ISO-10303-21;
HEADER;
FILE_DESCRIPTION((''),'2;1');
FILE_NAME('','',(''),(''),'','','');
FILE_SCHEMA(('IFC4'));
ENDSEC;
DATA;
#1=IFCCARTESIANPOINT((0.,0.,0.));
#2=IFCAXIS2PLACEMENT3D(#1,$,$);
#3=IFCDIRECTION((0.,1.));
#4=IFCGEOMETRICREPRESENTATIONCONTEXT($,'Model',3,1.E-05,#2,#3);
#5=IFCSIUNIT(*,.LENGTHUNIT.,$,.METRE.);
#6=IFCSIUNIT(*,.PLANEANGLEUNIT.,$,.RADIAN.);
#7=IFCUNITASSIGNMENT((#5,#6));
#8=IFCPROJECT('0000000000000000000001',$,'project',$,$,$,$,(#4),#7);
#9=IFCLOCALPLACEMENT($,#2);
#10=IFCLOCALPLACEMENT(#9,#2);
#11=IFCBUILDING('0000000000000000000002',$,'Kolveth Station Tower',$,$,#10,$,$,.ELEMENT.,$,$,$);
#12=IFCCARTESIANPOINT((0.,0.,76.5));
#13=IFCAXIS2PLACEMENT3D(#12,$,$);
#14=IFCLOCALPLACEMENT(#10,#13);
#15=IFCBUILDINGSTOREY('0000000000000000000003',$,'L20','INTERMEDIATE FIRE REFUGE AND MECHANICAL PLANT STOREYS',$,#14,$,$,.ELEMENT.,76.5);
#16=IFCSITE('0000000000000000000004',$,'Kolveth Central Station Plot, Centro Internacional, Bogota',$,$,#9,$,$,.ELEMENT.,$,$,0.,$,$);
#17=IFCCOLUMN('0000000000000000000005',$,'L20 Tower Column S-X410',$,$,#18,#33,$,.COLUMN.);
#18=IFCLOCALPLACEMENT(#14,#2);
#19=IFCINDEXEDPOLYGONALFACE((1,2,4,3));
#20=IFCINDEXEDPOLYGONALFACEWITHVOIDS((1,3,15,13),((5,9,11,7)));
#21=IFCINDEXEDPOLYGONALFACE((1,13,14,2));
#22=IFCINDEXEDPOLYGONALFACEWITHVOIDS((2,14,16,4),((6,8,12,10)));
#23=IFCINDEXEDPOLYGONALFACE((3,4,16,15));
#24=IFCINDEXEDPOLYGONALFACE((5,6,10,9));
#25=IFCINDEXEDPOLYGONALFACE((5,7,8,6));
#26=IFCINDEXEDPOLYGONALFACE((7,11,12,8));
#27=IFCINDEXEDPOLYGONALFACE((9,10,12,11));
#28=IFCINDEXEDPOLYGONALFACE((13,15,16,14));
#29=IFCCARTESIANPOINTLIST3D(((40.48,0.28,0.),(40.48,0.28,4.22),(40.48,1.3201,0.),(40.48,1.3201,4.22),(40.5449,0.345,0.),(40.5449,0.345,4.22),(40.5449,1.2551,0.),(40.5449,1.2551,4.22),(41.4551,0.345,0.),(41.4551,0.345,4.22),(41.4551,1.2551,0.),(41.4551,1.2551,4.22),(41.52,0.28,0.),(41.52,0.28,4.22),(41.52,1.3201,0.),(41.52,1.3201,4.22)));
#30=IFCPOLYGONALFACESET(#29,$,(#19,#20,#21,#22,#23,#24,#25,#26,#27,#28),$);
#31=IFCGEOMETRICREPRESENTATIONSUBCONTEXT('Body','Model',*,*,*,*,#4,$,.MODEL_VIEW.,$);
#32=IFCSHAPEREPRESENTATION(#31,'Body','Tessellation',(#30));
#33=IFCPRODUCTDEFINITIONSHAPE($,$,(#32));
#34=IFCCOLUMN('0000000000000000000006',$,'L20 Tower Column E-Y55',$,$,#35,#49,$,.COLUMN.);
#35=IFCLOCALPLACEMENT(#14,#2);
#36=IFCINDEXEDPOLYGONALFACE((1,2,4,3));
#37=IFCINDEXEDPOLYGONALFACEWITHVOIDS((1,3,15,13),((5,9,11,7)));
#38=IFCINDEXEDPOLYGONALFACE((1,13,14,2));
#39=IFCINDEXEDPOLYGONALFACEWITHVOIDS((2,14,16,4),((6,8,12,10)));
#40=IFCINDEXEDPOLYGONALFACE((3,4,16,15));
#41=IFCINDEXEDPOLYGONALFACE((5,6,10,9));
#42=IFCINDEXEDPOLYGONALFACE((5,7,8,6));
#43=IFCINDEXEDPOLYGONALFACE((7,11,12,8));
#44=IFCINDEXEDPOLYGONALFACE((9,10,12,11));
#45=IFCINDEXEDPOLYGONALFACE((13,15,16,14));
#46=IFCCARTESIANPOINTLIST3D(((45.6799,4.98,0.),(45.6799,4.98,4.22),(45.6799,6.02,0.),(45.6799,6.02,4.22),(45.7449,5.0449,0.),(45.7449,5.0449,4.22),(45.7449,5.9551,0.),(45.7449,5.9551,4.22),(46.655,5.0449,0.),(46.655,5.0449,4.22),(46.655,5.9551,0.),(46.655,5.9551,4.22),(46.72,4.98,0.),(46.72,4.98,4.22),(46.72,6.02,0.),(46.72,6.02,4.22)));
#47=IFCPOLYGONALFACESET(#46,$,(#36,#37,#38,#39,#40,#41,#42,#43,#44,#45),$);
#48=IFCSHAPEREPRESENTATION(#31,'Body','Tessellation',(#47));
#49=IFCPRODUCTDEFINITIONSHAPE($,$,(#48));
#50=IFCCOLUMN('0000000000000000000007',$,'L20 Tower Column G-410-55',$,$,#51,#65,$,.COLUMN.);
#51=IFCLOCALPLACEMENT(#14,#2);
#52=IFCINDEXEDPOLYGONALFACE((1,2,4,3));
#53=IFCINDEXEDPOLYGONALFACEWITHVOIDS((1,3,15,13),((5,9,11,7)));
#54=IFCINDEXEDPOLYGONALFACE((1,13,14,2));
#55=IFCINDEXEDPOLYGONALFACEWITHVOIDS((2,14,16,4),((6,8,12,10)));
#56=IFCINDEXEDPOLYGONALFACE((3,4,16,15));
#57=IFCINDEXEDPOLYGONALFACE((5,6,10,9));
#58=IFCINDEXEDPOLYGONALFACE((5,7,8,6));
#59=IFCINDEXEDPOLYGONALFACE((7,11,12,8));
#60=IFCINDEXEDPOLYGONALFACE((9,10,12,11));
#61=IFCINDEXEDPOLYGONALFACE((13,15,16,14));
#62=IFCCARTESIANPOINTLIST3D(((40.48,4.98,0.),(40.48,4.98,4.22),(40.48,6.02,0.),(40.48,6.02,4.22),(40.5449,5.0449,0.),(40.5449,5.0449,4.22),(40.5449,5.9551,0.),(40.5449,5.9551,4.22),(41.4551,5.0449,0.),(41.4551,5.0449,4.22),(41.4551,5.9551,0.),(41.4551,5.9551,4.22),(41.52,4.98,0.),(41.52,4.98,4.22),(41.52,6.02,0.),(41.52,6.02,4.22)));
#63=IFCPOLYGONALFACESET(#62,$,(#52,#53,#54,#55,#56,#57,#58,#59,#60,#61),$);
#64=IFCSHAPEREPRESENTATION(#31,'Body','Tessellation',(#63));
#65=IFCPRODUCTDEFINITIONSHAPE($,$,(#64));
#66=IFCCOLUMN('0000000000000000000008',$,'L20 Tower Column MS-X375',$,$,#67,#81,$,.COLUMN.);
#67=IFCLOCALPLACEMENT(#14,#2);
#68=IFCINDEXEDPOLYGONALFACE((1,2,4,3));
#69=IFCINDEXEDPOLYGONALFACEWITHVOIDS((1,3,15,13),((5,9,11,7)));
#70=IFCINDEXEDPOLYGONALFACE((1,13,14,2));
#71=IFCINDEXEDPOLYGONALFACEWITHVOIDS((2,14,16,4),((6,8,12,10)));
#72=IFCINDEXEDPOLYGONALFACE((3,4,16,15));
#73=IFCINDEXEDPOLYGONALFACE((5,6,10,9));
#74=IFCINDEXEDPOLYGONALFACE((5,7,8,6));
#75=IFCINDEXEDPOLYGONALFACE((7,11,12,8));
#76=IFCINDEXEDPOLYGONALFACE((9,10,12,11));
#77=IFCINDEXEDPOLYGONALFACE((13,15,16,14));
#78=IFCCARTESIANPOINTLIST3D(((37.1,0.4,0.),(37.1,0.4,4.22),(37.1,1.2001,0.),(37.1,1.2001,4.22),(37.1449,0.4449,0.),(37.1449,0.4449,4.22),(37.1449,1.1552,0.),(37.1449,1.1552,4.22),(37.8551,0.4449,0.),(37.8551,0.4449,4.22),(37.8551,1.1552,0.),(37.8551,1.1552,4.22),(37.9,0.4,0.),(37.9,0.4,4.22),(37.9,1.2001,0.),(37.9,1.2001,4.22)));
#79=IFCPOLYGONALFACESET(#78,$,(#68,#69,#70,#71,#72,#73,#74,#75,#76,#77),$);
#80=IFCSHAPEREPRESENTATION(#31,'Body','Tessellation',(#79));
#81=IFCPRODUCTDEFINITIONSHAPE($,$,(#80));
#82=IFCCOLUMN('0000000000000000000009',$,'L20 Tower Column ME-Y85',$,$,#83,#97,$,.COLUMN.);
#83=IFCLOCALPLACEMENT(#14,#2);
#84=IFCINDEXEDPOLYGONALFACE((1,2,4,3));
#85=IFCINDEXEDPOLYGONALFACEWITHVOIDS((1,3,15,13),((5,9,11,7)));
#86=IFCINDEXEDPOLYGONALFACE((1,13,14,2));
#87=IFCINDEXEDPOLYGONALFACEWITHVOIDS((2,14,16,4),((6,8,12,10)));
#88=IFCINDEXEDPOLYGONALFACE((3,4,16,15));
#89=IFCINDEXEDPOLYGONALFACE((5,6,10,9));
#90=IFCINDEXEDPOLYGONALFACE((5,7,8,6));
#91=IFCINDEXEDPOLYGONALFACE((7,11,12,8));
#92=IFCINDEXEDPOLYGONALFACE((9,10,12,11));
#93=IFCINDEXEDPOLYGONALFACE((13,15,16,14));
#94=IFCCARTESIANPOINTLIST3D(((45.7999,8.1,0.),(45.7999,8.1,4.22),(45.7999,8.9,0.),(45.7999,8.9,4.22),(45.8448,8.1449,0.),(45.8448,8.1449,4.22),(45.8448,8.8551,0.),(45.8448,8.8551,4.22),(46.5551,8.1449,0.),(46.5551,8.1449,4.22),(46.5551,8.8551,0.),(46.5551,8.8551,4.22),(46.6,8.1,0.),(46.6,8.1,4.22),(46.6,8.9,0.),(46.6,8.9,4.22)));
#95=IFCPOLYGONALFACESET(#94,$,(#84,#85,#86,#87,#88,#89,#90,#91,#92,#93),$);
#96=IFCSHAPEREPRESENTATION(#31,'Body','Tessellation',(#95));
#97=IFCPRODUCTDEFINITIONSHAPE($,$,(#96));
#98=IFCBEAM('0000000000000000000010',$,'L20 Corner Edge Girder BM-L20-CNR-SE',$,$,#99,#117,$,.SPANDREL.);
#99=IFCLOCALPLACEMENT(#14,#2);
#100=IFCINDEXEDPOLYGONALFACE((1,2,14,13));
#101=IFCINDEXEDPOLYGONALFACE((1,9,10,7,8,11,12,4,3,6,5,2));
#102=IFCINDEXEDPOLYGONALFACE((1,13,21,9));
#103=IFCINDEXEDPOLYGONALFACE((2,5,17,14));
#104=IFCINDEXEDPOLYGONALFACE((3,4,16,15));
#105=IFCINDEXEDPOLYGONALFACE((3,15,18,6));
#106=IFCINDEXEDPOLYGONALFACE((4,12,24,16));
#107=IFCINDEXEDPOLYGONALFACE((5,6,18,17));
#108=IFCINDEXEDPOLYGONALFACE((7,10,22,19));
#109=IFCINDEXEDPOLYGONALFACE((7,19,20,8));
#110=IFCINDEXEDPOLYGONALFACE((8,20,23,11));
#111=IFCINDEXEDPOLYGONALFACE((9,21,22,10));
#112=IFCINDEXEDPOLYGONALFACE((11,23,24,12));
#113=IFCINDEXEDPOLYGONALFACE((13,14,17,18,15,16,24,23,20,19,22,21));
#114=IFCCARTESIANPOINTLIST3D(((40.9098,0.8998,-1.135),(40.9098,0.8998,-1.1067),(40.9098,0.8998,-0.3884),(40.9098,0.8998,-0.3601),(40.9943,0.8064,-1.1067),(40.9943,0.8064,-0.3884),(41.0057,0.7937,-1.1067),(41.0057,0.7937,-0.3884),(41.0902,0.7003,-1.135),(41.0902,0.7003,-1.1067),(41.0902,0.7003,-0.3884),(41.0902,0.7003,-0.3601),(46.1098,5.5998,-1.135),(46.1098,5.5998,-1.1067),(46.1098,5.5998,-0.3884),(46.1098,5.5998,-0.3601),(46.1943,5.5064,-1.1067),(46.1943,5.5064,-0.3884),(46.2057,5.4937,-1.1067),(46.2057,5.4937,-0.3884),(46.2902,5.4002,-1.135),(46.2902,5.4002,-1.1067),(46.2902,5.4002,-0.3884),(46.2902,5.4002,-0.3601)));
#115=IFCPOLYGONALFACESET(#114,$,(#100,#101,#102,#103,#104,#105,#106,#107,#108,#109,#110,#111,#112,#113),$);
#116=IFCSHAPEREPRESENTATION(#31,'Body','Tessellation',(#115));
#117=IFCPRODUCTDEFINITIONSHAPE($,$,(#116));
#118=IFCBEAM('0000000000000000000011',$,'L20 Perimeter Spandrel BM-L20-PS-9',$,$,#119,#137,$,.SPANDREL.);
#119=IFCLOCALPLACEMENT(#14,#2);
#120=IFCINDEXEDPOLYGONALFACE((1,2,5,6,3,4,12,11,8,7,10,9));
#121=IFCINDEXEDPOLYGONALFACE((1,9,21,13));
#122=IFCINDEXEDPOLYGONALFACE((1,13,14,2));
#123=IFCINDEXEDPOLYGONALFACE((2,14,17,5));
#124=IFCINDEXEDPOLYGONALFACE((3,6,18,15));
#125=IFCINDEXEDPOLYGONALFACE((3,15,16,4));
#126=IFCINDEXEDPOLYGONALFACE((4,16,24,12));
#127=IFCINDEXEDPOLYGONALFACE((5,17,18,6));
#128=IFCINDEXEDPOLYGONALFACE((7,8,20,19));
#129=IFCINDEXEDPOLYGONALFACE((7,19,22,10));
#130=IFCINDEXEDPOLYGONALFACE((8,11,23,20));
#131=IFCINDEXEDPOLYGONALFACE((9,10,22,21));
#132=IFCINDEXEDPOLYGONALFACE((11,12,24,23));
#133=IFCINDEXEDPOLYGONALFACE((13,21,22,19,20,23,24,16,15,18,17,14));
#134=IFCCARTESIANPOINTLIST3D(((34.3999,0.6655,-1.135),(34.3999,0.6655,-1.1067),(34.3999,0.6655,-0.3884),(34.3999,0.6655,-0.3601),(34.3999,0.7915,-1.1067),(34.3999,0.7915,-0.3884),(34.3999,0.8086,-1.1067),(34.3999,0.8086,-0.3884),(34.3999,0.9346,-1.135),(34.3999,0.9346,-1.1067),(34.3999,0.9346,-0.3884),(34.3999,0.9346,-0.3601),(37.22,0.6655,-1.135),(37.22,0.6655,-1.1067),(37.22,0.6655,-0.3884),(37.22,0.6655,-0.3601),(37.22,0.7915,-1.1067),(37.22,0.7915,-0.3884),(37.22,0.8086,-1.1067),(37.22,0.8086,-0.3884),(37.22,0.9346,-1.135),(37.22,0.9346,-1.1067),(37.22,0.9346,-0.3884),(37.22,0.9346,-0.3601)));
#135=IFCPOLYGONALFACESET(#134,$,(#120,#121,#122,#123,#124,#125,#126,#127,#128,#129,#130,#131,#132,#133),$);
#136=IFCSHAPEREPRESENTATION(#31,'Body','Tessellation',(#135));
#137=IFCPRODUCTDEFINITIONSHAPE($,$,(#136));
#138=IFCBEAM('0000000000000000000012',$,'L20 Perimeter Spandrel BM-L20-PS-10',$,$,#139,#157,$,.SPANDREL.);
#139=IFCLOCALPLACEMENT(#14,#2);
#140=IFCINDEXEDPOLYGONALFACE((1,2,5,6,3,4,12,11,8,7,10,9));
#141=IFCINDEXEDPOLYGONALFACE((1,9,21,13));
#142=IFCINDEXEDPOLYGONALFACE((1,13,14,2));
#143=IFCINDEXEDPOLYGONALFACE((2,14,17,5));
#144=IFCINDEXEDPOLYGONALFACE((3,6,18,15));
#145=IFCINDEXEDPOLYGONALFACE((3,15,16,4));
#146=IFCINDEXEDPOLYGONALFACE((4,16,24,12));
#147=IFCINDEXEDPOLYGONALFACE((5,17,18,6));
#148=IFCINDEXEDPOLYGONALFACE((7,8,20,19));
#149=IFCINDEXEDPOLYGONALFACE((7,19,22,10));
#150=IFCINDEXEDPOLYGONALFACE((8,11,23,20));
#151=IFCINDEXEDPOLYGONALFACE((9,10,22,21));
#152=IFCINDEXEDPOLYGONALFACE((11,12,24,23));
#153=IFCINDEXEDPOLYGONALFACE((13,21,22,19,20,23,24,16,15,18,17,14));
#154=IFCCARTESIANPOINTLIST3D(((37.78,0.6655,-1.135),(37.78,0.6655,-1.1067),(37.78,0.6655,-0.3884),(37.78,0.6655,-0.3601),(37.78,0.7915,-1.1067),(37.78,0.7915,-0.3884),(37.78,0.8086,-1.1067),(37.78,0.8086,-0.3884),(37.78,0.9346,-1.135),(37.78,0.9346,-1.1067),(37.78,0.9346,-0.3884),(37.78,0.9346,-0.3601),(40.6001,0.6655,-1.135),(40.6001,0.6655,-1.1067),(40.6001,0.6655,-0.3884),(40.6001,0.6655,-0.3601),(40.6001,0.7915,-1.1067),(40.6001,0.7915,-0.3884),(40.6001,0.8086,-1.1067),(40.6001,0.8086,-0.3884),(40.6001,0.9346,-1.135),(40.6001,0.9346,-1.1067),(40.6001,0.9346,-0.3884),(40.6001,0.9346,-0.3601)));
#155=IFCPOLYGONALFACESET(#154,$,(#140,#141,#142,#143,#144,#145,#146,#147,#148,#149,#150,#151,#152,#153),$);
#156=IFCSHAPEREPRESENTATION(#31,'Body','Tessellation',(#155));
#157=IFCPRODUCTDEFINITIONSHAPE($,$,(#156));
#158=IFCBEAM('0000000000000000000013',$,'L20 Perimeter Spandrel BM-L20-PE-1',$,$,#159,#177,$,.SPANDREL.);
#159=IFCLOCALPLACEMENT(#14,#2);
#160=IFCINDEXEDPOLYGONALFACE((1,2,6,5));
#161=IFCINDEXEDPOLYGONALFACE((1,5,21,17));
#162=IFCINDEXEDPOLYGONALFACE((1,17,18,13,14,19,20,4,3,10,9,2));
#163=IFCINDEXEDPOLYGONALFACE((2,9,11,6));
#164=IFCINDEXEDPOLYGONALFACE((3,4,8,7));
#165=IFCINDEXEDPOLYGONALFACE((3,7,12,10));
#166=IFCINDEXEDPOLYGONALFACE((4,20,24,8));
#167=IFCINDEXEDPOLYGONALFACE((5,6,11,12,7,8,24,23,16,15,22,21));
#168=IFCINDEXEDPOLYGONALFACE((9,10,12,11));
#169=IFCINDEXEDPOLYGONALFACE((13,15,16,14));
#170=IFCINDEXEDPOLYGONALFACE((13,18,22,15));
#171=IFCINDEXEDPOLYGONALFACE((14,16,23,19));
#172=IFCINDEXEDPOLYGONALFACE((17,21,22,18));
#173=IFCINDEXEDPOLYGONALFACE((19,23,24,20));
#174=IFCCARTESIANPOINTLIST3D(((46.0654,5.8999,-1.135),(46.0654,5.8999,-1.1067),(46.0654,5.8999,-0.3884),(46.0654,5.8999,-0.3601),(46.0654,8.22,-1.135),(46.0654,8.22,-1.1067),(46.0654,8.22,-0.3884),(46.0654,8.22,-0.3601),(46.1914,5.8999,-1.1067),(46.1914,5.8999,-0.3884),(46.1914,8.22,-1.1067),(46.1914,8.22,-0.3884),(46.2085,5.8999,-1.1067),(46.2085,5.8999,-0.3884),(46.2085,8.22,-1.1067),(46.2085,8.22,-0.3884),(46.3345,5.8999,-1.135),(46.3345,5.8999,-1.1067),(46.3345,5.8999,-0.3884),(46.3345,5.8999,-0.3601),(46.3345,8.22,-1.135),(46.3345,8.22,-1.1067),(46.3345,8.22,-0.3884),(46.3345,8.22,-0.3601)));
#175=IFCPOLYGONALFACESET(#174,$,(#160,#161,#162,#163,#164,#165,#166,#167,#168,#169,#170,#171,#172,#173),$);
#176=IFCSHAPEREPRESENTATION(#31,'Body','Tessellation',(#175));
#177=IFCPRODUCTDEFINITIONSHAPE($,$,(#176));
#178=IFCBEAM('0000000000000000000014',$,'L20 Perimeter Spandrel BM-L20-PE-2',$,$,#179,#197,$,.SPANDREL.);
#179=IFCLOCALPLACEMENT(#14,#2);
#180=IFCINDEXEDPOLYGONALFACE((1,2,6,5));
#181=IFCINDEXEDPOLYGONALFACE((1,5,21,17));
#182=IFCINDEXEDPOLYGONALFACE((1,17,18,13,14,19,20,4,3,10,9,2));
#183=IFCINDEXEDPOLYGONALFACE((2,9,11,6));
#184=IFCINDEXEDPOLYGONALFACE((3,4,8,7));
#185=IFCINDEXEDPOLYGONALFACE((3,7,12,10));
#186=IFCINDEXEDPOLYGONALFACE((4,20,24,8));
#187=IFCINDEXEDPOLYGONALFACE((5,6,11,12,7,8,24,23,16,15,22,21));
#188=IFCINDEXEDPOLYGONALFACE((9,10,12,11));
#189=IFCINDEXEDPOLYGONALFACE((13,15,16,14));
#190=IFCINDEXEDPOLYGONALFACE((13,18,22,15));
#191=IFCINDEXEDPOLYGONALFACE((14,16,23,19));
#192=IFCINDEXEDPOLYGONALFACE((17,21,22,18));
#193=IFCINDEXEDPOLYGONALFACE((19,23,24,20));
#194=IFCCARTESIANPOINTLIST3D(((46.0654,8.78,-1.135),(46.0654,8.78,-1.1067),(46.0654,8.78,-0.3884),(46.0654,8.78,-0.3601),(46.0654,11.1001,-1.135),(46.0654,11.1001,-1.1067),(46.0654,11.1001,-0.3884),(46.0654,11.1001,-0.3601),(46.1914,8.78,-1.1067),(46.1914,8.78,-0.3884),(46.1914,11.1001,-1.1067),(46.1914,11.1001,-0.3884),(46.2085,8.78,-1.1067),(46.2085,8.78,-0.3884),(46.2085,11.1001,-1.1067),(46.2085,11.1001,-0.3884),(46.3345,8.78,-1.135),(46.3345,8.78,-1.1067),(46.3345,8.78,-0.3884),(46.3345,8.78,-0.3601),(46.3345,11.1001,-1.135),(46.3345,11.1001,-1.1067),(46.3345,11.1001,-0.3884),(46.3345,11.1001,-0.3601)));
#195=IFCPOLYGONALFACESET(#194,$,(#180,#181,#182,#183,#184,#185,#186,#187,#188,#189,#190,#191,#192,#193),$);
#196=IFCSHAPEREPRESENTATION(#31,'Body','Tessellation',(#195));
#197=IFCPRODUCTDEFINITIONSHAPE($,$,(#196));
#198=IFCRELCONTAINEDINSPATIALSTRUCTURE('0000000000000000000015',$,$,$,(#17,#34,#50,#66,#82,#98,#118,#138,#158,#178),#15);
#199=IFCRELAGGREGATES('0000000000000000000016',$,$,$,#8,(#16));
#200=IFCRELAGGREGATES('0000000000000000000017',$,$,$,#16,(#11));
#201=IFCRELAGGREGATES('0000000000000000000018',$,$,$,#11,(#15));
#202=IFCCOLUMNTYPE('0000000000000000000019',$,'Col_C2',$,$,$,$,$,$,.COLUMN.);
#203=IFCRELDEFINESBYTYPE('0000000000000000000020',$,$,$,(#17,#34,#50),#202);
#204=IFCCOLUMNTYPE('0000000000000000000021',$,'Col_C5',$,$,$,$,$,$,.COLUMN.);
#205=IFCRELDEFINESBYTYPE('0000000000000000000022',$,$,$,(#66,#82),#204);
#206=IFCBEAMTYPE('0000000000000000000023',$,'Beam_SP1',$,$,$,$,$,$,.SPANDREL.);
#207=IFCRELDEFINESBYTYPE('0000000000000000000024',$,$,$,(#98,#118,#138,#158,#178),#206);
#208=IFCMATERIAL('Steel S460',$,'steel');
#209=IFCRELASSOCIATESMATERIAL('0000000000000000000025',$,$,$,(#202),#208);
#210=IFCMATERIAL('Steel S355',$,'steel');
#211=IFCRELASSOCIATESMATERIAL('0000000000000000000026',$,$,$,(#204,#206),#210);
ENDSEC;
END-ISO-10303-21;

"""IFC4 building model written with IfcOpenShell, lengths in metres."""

from ifc_helpers import new_model, si_unit, direction, frame, origin, origin_2d, place, context, subcontext, project, spatial, hollow_rectangle, i_section, extrude, source, transform, mapped, material, material_profile, profile_set, type_object, element, save


model = new_model("IFC4")

# Units and contexts
model_context = context("Model", 3, precision=1e-05, world=origin(), true_north=direction((0.0, 1.0)))
body_context = subcontext(model_context, "Body", "Model", "MODEL_VIEW")
ifc_project = project(units=[si_unit("LENGTHUNIT", "METRE"), si_unit("PLANEANGLEUNIT", "RADIAN")], contexts=[model_context])

# Site, building, storey
site_placement = place(None, origin())
site = spatial("IfcSite", under=ifc_project, at=site_placement, Name="Kolveth Central Station Plot, Centro Internacional, Bogota", CompositionType="ELEMENT", RefElevation=0.0)
building_placement = place(site_placement, origin())
building = spatial("IfcBuilding", under=site, at=building_placement, Name="Kolveth Station Tower", CompositionType="ELEMENT")
storey_placement = place(building_placement, frame((0.0, 0.0, 76.5)))
storey = spatial("IfcBuildingStorey", under=building, at=storey_placement, Name="L20", Description="INTERMEDIATE FIRE REFUGE AND MECHANICAL PLANT STOREYS", CompositionType="ELEMENT", Elevation=76.5)

# Columns
ifc_material_1 = material(Name="Steel S460", Category="steel")
ifc_material_profile_1 = material_profile(ifc_material_1, hollow_rectangle(XDim=1.04, YDim=1.04, WallThickness=0.0649, at=origin_2d()), Name="BOX1040x1040x65")
ifc_profile_set_1 = profile_set([ifc_material_profile_1], Name="Steel S460")
column_type_1 = type_object("IfcColumnType", Name="Col_C2", PredefinedType="COLUMN", material=ifc_profile_set_1)
shared_shape_1 = source(origin(), body_context, "Body", "SweptSolid", [
    extrude(hollow_rectangle(XDim=1.04, YDim=1.04, WallThickness=0.0649, at=origin_2d()), origin(), (0.0, 0.0, 1.0), 4.22),
])
for number, where, z_axis, x_axis, name in (
    (1, (41.0, 0.8, 0.0), (0.0, 0.0, 1.0), (1.0, 0.0, 0.0), "L20 Tower Column S-X410"),
    (2, (46.2, 5.5, 0.0), (0.0, 0.0, 1.0), (1.0, 0.0, 0.0), "L20 Tower Column E-Y55"),
    (3, (41.0, 5.5, 0.0), (0.0, 0.0, 1.0), (1.0, 0.0, 0.0), "L20 Tower Column G-410-55"),
):
    element("IfcColumn", number, at=place(storey_placement, frame(where, z_axis=z_axis, x_axis=x_axis)), inside=storey, type_object=column_type_1, Name=name, PredefinedType="COLUMN", context=body_context, shape_type="MappedRepresentation", body=[
        mapped(shared_shape_1, transform((0.0, 0.0, 0.0), x_axis=(1.0, 0.0, 0.0), y_axis=(0.0, 1.0, 0.0), z_axis=(0.0, 0.0, 1.0), scale=1.0)),
    ])
ifc_material_2 = material(Name="Steel S355", Category="steel")
ifc_material_profile_2 = material_profile(ifc_material_2, hollow_rectangle(XDim=0.8, YDim=0.8, WallThickness=0.0449, at=origin_2d()), Name="BOX800x800x45")
ifc_profile_set_2 = profile_set([ifc_material_profile_2], Name="Steel S355")
column_type_2 = type_object("IfcColumnType", Name="Col_C5", PredefinedType="COLUMN", material=ifc_profile_set_2)
shared_shape_2 = source(origin(), body_context, "Body", "SweptSolid", [
    extrude(hollow_rectangle(XDim=0.8, YDim=0.8, WallThickness=0.0449, at=origin_2d()), origin(), (0.0, 0.0, 1.0), 4.22),
])
for number, where, z_axis, x_axis, name in (
    (4, (37.5, 0.8, 0.0), (0.0, 0.0, 1.0), (1.0, 0.0, 0.0), "L20 Tower Column MS-X375"),
    (5, (46.2, 8.5, 0.0), (0.0, 0.0, 1.0), (1.0, 0.0, 0.0), "L20 Tower Column ME-Y85"),
):
    element("IfcColumn", number, at=place(storey_placement, frame(where, z_axis=z_axis, x_axis=x_axis)), inside=storey, type_object=column_type_2, Name=name, PredefinedType="COLUMN", context=body_context, shape_type="MappedRepresentation", body=[
        mapped(shared_shape_2, transform((0.0, 0.0, 0.0), x_axis=(1.0, 0.0, 0.0), y_axis=(0.0, 1.0, 0.0), z_axis=(0.0, 0.0, 1.0), scale=1.0)),
    ])

# Beams
ifc_material_profile_3 = material_profile(ifc_material_2, i_section(OverallWidth=0.269, OverallDepth=0.7749, WebThickness=0.0171, FlangeThickness=0.0283, at=origin_2d()), Name="W760x220")
ifc_profile_set_3 = profile_set([ifc_material_profile_3], Name="Steel S355")
beam_type_1 = type_object("IfcBeamType", Name="Beam_SP1", PredefinedType="SPANDREL", material=ifc_profile_set_3)
shared_shape_3 = source(origin(), body_context, "Body", "SweptSolid", [
    extrude(i_section(OverallWidth=0.269, OverallDepth=0.7749, WebThickness=0.0171, FlangeThickness=0.0283, at=origin_2d()), origin(), (0.0, 0.0, 1.0), 7.0093),
])
beam_1_placement = place(storey_placement, frame((41.0, 0.8, -0.7476), z_axis=(0.741874, 0.670539, 0.0), x_axis=(-0.670539, 0.741874, 0.0)))
element("IfcBeam", 6, at=beam_1_placement, inside=storey, type_object=beam_type_1, Name="L20 Corner Edge Girder BM-L20-CNR-SE", PredefinedType="SPANDREL", context=body_context, shape_type="MappedRepresentation", body=[
    mapped(shared_shape_3, transform((0.0, 0.0, 0.0), x_axis=(1.0, 0.0, 0.0), y_axis=(0.0, 1.0, 0.0), z_axis=(0.0, 0.0, 1.0), scale=1.0)),
])
shared_shape_4 = source(origin(), body_context, "Body", "SweptSolid", [
    extrude(i_section(OverallWidth=0.269, OverallDepth=0.7749, WebThickness=0.0171, FlangeThickness=0.0283, at=origin_2d()), origin(), (0.0, 0.0, 1.0), 2.8201),
])
for number, where, z_axis, x_axis, name in (
    (7, (34.3999, 0.8, -0.7476), (1.0, 0.0, 0.0), (0.0, 1.0, 0.0), "L20 Perimeter Spandrel BM-L20-PS-9"),
    (8, (37.78, 0.8, -0.7476), (1.0, 0.0, 0.0), (0.0, 1.0, 0.0), "L20 Perimeter Spandrel BM-L20-PS-10"),
):
    element("IfcBeam", number, at=place(storey_placement, frame(where, z_axis=z_axis, x_axis=x_axis)), inside=storey, type_object=beam_type_1, Name=name, PredefinedType="SPANDREL", context=body_context, shape_type="MappedRepresentation", body=[
        mapped(shared_shape_4, transform((0.0, 0.0, 0.0), x_axis=(1.0, 0.0, 0.0), y_axis=(0.0, 1.0, 0.0), z_axis=(0.0, 0.0, 1.0), scale=1.0)),
    ])
shared_shape_5 = source(origin(), body_context, "Body", "SweptSolid", [
    extrude(i_section(OverallWidth=0.269, OverallDepth=0.7749, WebThickness=0.0171, FlangeThickness=0.0283, at=origin_2d()), origin(), (0.0, 0.0, 1.0), 2.3201),
])
for number, where, z_axis, x_axis, name in (
    (9, (46.2, 5.8999, -0.7476), (0.0, 1.0, 0.0), (-1.0, 0.0, 0.0), "L20 Perimeter Spandrel BM-L20-PE-1"),
    (10, (46.2, 8.78, -0.7476), (0.0, 1.0, 0.0), (-1.0, 0.0, 0.0), "L20 Perimeter Spandrel BM-L20-PE-2"),
):
    element("IfcBeam", number, at=place(storey_placement, frame(where, z_axis=z_axis, x_axis=x_axis)), inside=storey, type_object=beam_type_1, Name=name, PredefinedType="SPANDREL", context=body_context, shape_type="MappedRepresentation", body=[
        mapped(shared_shape_5, transform((0.0, 0.0, 0.0), x_axis=(1.0, 0.0, 0.0), y_axis=(0.0, 1.0, 0.0), z_axis=(0.0, 0.0, 1.0), scale=1.0)),
    ])

save(model, "model.ifc")
